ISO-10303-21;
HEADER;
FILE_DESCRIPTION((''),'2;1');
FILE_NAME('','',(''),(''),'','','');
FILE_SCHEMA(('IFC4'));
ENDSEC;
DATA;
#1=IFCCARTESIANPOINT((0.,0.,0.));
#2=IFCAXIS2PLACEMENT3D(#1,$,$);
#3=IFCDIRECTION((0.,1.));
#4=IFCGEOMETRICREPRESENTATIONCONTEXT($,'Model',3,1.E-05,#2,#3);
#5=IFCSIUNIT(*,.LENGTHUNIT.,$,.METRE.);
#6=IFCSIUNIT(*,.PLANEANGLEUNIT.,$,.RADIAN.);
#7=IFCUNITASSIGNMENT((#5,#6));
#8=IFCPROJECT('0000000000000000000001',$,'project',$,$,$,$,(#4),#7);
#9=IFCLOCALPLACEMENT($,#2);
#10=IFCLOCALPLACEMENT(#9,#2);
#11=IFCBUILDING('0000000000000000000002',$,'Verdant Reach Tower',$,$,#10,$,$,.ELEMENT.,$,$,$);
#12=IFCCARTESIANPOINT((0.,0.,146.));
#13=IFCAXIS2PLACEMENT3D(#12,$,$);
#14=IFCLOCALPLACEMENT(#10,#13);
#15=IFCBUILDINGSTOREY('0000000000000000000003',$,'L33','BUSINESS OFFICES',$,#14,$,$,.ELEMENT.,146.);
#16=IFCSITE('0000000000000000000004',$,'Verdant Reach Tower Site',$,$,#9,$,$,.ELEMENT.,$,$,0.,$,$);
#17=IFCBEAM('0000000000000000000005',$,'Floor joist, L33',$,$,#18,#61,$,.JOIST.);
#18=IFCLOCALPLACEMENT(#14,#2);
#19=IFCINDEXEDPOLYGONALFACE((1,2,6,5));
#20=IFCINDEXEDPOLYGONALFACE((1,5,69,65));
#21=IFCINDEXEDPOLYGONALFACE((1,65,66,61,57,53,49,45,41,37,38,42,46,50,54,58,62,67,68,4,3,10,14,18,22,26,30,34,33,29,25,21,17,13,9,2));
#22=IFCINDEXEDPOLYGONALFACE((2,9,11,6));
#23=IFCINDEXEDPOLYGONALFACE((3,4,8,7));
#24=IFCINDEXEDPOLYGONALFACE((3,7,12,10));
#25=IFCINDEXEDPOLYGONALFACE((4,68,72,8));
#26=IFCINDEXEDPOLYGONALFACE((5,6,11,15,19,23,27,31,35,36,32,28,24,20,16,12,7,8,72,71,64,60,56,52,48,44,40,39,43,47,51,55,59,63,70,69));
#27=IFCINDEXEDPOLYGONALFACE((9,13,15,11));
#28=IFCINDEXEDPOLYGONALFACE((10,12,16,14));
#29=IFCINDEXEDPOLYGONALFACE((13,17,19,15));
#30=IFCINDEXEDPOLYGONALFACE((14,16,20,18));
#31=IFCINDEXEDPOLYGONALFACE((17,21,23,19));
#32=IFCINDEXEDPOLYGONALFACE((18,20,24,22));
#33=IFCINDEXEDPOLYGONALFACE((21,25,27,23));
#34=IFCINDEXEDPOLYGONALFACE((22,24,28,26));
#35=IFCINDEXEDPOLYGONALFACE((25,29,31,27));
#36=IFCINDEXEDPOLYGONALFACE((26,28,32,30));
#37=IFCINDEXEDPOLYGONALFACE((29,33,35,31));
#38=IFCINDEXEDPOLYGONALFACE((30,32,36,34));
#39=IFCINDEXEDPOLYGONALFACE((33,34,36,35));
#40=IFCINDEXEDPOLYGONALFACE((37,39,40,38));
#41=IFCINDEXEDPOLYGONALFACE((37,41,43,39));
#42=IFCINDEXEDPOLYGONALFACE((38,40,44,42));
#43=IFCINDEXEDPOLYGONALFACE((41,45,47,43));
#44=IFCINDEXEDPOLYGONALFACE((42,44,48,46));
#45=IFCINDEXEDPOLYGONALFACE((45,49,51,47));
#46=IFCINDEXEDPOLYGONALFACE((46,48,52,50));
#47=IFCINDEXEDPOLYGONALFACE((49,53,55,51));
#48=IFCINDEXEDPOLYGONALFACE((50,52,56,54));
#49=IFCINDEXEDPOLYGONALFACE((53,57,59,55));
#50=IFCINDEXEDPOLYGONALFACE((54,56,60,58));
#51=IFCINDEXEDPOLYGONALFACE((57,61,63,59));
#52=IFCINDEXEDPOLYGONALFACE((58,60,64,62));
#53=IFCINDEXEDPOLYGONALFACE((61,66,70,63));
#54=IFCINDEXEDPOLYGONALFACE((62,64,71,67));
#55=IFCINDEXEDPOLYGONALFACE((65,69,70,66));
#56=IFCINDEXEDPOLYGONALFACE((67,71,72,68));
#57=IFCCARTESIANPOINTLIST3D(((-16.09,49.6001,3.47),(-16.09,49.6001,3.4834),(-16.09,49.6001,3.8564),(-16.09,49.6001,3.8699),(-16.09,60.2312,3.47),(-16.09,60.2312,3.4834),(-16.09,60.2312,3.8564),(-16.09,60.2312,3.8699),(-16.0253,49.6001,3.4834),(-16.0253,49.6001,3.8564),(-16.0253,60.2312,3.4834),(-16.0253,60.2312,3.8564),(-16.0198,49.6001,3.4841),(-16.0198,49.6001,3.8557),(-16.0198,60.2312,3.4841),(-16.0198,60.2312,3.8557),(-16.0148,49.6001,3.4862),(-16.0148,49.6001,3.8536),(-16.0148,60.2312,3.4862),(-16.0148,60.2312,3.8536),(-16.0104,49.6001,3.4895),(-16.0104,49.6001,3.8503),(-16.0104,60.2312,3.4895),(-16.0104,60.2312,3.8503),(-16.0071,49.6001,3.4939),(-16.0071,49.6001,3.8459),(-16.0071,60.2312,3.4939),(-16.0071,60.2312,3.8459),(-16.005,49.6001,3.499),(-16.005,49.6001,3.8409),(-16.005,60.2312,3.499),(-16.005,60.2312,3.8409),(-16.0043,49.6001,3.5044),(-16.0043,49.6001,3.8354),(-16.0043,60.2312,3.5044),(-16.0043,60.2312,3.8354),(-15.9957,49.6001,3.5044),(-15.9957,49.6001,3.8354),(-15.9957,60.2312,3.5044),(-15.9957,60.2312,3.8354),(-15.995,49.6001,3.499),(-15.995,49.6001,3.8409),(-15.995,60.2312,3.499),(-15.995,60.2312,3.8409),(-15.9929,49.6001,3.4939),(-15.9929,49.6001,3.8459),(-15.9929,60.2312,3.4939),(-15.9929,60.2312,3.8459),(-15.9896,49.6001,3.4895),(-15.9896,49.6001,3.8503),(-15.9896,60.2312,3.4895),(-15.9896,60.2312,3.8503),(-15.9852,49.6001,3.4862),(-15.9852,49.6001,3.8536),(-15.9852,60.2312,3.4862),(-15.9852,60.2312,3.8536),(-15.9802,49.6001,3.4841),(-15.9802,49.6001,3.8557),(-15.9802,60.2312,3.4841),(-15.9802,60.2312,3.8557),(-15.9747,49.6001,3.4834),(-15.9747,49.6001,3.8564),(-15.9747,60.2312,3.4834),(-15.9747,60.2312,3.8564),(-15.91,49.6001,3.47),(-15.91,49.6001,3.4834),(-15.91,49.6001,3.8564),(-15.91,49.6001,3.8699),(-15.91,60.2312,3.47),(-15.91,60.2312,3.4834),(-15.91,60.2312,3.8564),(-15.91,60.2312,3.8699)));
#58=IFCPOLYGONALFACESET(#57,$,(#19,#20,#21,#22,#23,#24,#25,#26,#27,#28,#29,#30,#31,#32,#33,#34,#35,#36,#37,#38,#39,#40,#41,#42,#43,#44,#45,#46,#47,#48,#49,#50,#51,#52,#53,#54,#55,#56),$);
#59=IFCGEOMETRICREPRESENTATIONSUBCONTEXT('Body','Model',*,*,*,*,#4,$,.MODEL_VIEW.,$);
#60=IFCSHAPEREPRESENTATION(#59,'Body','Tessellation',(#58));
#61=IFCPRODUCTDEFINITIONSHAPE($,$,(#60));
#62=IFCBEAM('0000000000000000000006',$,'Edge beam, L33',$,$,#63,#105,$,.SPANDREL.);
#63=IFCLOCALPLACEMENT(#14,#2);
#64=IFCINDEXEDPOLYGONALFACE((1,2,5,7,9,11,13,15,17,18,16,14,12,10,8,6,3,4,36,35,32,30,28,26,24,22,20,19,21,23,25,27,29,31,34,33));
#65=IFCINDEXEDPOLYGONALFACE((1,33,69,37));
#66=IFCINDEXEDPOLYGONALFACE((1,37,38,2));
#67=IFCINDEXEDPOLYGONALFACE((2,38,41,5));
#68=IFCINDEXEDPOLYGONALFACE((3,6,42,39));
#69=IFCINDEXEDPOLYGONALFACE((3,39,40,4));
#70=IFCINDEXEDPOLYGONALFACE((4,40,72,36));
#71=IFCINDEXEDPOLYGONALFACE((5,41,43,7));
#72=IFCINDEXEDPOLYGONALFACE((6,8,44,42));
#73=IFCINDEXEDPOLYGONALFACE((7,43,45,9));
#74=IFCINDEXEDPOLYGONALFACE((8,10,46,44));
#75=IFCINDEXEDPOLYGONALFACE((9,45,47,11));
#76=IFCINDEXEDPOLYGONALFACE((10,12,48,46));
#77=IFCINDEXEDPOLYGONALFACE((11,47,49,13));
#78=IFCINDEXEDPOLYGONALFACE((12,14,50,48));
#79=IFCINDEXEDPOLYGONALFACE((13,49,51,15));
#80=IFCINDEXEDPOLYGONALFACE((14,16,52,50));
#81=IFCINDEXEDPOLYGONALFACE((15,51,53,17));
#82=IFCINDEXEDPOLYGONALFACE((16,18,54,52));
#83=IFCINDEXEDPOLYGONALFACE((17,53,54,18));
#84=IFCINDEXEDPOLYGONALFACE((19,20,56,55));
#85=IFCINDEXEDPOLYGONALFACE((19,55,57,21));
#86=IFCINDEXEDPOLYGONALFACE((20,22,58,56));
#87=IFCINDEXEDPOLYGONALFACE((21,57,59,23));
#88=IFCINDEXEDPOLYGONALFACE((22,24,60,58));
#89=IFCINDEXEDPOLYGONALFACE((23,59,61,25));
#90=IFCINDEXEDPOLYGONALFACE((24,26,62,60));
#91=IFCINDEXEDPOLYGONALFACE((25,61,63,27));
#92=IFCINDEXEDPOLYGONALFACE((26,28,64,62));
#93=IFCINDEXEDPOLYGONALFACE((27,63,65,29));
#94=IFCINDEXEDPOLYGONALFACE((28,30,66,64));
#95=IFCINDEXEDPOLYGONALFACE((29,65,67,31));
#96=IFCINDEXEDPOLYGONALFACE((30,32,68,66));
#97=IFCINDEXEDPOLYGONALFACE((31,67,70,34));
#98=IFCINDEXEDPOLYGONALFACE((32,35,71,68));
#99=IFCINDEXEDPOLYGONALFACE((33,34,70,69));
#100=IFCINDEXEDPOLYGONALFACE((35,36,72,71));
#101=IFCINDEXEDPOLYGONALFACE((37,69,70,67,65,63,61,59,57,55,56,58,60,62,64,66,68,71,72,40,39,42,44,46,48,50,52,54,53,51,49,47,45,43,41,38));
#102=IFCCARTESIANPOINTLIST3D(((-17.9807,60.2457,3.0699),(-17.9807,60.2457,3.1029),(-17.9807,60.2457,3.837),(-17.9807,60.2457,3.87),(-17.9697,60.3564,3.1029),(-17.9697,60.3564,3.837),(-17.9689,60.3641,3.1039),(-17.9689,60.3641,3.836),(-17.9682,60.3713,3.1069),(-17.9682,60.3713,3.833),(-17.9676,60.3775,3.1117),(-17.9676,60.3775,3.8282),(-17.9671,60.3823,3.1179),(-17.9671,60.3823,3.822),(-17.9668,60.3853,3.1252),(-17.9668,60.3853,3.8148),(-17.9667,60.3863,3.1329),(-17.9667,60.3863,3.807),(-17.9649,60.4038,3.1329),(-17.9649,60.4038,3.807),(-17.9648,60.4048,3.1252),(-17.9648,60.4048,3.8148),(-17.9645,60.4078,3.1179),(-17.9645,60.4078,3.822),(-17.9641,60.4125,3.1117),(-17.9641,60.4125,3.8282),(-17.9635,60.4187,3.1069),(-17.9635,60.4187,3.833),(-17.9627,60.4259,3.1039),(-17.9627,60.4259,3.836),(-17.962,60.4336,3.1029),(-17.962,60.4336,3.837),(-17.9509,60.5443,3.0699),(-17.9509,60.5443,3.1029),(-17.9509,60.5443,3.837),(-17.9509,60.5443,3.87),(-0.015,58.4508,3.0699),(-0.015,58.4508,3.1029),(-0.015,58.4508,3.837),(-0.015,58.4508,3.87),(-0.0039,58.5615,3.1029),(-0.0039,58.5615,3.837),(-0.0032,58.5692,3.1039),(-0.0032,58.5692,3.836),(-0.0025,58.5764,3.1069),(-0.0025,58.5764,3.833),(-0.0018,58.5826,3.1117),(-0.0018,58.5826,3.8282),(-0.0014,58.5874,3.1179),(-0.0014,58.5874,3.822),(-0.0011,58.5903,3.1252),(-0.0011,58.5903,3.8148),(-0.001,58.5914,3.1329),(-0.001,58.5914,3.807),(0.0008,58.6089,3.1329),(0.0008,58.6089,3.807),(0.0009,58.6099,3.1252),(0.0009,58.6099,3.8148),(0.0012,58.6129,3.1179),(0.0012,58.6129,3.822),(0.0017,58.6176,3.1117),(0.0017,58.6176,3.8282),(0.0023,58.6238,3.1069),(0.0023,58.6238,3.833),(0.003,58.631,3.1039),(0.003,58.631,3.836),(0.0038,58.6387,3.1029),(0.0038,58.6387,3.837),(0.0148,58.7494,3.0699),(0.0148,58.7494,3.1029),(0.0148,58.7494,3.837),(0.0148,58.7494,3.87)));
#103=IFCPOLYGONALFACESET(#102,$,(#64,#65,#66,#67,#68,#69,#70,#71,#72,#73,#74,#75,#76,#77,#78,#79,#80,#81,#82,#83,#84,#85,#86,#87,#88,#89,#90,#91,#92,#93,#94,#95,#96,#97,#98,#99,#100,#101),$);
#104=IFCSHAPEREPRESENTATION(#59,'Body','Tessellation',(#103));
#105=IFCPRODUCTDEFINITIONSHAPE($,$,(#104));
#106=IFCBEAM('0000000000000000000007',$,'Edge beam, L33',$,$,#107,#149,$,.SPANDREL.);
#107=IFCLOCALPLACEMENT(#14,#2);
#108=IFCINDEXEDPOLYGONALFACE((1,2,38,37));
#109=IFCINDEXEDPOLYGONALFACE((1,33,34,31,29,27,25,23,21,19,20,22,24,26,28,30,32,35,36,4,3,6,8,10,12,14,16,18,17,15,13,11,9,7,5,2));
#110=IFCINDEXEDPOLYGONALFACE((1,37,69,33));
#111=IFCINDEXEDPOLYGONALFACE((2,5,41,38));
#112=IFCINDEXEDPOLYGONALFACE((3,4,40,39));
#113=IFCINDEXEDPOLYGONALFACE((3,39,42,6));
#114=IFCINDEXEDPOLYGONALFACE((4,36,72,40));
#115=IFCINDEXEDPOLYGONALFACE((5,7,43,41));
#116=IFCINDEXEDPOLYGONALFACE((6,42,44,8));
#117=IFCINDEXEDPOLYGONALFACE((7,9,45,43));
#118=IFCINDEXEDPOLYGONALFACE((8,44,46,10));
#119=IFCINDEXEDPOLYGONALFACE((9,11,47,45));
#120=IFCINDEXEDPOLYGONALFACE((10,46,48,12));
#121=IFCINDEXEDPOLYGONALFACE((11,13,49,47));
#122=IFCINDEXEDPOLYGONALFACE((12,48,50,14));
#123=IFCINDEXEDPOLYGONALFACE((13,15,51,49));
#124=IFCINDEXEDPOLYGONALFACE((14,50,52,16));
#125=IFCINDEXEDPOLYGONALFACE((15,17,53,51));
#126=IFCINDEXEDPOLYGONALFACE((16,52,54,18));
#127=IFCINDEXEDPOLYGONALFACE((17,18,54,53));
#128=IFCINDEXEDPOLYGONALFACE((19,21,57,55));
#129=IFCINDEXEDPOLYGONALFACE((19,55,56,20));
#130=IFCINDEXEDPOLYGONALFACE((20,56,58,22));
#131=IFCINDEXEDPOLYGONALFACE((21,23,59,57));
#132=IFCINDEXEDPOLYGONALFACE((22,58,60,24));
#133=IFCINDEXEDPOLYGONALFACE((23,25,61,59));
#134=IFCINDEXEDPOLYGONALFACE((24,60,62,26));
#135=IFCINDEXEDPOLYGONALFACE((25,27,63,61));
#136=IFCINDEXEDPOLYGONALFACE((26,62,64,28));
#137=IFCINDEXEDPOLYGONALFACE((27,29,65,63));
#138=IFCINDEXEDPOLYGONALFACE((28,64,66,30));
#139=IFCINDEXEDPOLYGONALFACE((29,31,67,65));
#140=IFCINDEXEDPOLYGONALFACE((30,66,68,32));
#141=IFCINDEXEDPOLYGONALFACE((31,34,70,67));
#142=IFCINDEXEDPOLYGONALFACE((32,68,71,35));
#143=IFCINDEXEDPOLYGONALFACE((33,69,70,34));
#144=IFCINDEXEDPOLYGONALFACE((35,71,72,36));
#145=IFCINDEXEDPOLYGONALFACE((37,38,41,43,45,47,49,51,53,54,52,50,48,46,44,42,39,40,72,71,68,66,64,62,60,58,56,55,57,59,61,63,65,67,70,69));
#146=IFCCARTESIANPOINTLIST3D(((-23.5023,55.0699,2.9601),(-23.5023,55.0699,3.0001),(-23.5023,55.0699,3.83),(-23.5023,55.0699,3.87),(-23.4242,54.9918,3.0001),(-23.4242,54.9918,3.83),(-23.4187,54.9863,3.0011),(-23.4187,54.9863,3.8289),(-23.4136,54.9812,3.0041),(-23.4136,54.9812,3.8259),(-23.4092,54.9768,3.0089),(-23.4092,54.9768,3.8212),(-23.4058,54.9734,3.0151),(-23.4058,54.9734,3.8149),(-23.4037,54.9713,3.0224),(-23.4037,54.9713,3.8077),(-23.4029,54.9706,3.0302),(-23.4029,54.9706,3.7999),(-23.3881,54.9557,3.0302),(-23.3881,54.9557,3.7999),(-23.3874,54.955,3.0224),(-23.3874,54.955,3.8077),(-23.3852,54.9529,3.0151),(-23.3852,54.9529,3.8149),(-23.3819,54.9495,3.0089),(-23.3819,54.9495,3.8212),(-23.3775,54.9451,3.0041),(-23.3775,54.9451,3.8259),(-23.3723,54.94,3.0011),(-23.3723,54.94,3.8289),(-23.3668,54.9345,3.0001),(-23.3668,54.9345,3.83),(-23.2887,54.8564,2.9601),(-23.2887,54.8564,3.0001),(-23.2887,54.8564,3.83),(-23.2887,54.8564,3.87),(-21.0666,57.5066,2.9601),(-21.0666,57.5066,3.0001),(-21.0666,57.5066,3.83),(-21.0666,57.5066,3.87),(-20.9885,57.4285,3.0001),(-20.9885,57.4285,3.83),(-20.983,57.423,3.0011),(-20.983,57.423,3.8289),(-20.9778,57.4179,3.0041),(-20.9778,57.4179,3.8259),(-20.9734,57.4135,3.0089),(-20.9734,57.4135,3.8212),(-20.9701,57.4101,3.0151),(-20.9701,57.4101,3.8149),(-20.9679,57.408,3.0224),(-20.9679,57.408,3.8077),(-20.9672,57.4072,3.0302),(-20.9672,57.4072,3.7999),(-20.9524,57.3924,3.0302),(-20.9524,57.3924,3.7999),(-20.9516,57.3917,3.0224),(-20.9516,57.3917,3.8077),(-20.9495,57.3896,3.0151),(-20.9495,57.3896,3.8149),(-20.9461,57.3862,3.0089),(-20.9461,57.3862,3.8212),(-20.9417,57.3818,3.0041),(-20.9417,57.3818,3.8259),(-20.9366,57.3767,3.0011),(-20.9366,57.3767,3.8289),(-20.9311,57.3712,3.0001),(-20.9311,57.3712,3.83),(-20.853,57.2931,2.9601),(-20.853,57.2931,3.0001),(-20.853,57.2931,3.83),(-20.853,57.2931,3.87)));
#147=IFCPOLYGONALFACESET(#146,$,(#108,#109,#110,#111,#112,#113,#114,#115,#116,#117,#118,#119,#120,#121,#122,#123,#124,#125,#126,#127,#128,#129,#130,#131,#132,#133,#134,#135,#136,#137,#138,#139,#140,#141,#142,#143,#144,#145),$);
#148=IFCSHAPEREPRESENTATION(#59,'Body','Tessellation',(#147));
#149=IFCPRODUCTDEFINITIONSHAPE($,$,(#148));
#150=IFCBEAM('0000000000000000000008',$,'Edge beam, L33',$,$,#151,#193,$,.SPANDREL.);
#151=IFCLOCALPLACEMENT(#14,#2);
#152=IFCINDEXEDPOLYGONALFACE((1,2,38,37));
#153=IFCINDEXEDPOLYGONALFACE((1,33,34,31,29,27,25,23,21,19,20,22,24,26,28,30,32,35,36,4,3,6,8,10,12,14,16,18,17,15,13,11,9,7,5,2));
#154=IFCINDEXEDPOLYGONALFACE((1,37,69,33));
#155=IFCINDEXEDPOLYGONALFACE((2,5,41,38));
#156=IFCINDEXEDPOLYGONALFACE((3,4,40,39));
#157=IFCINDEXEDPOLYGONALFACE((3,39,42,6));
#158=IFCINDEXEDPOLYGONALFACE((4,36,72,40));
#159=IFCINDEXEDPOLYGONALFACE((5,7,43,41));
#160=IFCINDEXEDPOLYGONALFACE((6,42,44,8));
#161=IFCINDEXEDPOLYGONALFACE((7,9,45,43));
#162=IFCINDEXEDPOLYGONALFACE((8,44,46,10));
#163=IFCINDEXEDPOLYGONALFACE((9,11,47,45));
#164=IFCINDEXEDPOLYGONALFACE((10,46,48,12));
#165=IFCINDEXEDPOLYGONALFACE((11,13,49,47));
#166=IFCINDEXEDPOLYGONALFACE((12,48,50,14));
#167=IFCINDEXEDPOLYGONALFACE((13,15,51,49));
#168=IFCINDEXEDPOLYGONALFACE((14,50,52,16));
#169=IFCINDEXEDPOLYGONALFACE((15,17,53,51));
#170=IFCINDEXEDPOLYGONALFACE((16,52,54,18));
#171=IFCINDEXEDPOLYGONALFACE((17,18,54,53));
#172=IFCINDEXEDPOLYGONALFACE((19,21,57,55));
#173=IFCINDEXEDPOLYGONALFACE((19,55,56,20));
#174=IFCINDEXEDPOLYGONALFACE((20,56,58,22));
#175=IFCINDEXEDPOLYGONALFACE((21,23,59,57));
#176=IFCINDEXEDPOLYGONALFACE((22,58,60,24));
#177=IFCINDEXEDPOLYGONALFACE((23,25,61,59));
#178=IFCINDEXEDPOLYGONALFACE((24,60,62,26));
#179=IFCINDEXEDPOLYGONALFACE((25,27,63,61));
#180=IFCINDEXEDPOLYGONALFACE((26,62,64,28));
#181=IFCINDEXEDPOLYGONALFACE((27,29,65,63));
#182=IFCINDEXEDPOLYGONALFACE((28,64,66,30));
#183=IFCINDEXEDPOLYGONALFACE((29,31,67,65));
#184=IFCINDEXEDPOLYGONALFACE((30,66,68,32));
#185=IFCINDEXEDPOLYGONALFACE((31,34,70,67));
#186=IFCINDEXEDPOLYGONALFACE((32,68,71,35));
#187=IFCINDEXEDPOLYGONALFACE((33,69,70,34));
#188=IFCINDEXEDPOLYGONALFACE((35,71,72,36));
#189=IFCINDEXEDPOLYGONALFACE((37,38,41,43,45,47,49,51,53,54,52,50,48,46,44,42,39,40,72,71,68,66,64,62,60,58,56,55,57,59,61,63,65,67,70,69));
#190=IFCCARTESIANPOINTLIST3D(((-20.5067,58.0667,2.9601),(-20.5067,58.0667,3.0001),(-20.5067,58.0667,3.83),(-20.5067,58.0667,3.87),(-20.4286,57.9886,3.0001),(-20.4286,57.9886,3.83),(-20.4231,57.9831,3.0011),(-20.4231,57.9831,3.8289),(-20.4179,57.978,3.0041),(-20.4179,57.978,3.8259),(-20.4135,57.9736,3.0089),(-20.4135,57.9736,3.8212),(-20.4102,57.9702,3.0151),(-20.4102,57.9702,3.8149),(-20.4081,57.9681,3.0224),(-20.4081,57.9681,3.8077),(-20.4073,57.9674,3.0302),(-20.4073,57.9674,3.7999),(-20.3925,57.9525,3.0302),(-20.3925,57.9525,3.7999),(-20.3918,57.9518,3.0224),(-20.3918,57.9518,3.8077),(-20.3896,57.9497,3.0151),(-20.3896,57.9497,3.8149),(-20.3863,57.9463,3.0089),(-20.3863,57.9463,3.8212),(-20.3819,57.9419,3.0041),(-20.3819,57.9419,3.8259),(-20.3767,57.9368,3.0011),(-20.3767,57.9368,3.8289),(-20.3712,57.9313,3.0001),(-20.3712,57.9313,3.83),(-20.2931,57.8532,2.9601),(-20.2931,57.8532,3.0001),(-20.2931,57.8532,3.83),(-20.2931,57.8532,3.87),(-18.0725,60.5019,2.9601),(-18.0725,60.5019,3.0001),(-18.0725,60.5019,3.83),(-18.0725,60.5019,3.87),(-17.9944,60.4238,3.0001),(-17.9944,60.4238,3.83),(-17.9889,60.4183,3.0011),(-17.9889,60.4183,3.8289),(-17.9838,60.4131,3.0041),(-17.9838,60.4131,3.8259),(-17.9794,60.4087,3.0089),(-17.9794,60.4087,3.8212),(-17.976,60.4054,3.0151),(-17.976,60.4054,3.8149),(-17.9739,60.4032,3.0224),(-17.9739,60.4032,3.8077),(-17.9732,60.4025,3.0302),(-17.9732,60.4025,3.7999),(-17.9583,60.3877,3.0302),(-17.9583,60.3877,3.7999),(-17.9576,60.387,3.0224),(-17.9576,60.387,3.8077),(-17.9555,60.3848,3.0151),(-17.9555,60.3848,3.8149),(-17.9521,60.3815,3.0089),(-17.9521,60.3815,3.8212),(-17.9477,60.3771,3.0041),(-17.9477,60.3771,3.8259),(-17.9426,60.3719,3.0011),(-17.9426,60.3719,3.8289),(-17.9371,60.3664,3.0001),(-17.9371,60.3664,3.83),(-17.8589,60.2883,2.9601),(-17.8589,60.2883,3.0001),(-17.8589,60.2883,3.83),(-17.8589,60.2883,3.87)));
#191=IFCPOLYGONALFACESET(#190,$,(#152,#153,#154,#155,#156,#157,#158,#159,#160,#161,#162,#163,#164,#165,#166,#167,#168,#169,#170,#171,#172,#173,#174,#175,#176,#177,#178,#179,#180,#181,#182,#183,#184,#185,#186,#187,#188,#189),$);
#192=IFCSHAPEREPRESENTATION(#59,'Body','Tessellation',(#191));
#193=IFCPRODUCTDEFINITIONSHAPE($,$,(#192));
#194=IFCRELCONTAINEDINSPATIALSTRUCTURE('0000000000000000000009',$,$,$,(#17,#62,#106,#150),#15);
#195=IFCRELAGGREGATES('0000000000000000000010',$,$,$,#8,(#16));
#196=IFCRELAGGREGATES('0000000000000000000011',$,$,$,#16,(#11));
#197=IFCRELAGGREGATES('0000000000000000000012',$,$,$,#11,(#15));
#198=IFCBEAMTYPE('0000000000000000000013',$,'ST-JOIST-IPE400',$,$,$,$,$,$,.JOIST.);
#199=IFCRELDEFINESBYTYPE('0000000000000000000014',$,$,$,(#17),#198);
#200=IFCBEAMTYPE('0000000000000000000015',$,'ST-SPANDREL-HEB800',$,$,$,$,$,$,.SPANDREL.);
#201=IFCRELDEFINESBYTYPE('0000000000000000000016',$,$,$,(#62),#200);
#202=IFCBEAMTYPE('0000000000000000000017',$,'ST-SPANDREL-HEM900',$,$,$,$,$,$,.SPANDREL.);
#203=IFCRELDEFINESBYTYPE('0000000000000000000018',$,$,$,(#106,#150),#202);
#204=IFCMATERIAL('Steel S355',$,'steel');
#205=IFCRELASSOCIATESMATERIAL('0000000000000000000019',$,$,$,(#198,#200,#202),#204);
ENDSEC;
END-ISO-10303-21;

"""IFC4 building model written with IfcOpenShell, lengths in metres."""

from ifc_helpers import new_model, si_unit, direction, frame, origin, origin_2d, place, context, subcontext, project, spatial, i_section, extrude, material, material_profile, profile_set, type_object, element, save


model = new_model("IFC4")

# Units and contexts
model_context = context("Model", 3, precision=1e-05, world=origin(), true_north=direction((0.0, 1.0)))
body_context = subcontext(model_context, "Body", "Model", "MODEL_VIEW")
ifc_project = project(units=[si_unit("LENGTHUNIT", "METRE"), si_unit("PLANEANGLEUNIT", "RADIAN")], contexts=[model_context])

# Site, building, storey
site_placement = place(None, origin())
site = spatial("IfcSite", under=ifc_project, at=site_placement, Name="Verdant Reach Tower Site", CompositionType="ELEMENT", RefElevation=0.0)
building_placement = place(site_placement, origin())
building = spatial("IfcBuilding", under=site, at=building_placement, Name="Verdant Reach Tower", CompositionType="ELEMENT")
storey_placement = place(building_placement, frame((0.0, 0.0, 146.0)))
storey = spatial("IfcBuildingStorey", under=building, at=storey_placement, Name="L33", Description="BUSINESS OFFICES", CompositionType="ELEMENT", Elevation=146.0)

# Beams
ifc_material_1 = material(Name="Steel S355", Category="steel")
ifc_material_profile_1 = material_profile(ifc_material_1, i_section(OverallWidth=0.1799, OverallDepth=0.3999, WebThickness=0.0085, FlangeThickness=0.0134, FilletRadius=0.021, at=origin_2d()), Name="IPE 400")
ifc_profile_set_1 = profile_set([ifc_material_profile_1], Name="Steel S355")
beam_type_1 = type_object("IfcBeamType", Name="ST-JOIST-IPE400", PredefinedType="JOIST", material=ifc_profile_set_1)
beam_1_placement = place(storey_placement, frame((-16.0, 49.6001, 3.6699), z_axis=(0.0, 1.0, 0.0), x_axis=(-1.0, 0.0, 0.0)))
element("IfcBeam", 1, at=beam_1_placement, inside=storey, type_object=beam_type_1, Name="Floor joist, L33", PredefinedType="JOIST", context=body_context, shape_type="SweptSolid", body=[
    extrude(i_section(OverallWidth=0.1799, OverallDepth=0.3999, WebThickness=0.0085, FlangeThickness=0.0134, FilletRadius=0.021, at=origin_2d()), origin(), (0.0, 0.0, 1.0), 10.6311),
])
ifc_material_profile_2 = material_profile(ifc_material_1, i_section(OverallWidth=0.3, OverallDepth=0.8, WebThickness=0.0176, FlangeThickness=0.033, FilletRadius=0.03, at=origin_2d()), Name="HEB 800")
ifc_profile_set_2 = profile_set([ifc_material_profile_2], Name="Steel S355")
beam_type_2 = type_object("IfcBeamType", Name="ST-SPANDREL-HEB800", PredefinedType="SPANDREL", material=ifc_profile_set_2)
beam_2_placement = place(storey_placement, frame((-17.9658, 60.395, 3.47), z_axis=(0.995046, -0.099413, 0.0), x_axis=(0.099413, 0.995046, 0.0)))
element("IfcBeam", 2, at=beam_2_placement, inside=storey, type_object=beam_type_2, Name="Edge beam, L33", PredefinedType="SPANDREL", context=body_context, shape_type="SweptSolid", body=[
    extrude(i_section(OverallWidth=0.3, OverallDepth=0.8, WebThickness=0.0176, FlangeThickness=0.033, FilletRadius=0.03, at=origin_2d()), origin(), (0.0, 0.0, 1.0), 18.0552),
])
ifc_material_profile_3 = material_profile(ifc_material_1, i_section(OverallWidth=0.302, OverallDepth=0.9099, WebThickness=0.021, FlangeThickness=0.04, FilletRadius=0.03, at=origin_2d()), Name="HEM 900")
ifc_profile_set_3 = profile_set([ifc_material_profile_3], Name="Steel S355")
beam_type_3 = type_object("IfcBeamType", Name="ST-SPANDREL-HEM900", PredefinedType="SPANDREL", material=ifc_profile_set_3)
beam_3_placement = place(storey_placement, frame((-23.3955, 54.9631, 3.415), z_axis=(0.706965, 0.707248, 0.0), x_axis=(-0.707248, 0.706965, 0.0)))
element("IfcBeam", 3, at=beam_3_placement, inside=storey, type_object=beam_type_3, Name="Edge beam, L33", PredefinedType="SPANDREL", context=body_context, shape_type="SweptSolid", body=[
    extrude(i_section(OverallWidth=0.302, OverallDepth=0.9099, WebThickness=0.021, FlangeThickness=0.04, FilletRadius=0.03, at=origin_2d()), origin(), (0.0, 0.0, 1.0), 3.4453),
])
beam_4_placement = place(storey_placement, frame((-20.3999, 57.96, 3.415), z_axis=(0.706965, 0.707249, 0.0), x_axis=(-0.707249, 0.706965, 0.0)))
element("IfcBeam", 4, at=beam_4_placement, inside=storey, type_object=beam_type_3, Name="Edge beam, L33", PredefinedType="SPANDREL", context=body_context, shape_type="SweptSolid", body=[
    extrude(i_section(OverallWidth=0.302, OverallDepth=0.9099, WebThickness=0.021, FlangeThickness=0.04, FilletRadius=0.03, at=origin_2d()), origin(), (0.0, 0.0, 1.0), 3.4431),
])

save(model, "model.ifc")
